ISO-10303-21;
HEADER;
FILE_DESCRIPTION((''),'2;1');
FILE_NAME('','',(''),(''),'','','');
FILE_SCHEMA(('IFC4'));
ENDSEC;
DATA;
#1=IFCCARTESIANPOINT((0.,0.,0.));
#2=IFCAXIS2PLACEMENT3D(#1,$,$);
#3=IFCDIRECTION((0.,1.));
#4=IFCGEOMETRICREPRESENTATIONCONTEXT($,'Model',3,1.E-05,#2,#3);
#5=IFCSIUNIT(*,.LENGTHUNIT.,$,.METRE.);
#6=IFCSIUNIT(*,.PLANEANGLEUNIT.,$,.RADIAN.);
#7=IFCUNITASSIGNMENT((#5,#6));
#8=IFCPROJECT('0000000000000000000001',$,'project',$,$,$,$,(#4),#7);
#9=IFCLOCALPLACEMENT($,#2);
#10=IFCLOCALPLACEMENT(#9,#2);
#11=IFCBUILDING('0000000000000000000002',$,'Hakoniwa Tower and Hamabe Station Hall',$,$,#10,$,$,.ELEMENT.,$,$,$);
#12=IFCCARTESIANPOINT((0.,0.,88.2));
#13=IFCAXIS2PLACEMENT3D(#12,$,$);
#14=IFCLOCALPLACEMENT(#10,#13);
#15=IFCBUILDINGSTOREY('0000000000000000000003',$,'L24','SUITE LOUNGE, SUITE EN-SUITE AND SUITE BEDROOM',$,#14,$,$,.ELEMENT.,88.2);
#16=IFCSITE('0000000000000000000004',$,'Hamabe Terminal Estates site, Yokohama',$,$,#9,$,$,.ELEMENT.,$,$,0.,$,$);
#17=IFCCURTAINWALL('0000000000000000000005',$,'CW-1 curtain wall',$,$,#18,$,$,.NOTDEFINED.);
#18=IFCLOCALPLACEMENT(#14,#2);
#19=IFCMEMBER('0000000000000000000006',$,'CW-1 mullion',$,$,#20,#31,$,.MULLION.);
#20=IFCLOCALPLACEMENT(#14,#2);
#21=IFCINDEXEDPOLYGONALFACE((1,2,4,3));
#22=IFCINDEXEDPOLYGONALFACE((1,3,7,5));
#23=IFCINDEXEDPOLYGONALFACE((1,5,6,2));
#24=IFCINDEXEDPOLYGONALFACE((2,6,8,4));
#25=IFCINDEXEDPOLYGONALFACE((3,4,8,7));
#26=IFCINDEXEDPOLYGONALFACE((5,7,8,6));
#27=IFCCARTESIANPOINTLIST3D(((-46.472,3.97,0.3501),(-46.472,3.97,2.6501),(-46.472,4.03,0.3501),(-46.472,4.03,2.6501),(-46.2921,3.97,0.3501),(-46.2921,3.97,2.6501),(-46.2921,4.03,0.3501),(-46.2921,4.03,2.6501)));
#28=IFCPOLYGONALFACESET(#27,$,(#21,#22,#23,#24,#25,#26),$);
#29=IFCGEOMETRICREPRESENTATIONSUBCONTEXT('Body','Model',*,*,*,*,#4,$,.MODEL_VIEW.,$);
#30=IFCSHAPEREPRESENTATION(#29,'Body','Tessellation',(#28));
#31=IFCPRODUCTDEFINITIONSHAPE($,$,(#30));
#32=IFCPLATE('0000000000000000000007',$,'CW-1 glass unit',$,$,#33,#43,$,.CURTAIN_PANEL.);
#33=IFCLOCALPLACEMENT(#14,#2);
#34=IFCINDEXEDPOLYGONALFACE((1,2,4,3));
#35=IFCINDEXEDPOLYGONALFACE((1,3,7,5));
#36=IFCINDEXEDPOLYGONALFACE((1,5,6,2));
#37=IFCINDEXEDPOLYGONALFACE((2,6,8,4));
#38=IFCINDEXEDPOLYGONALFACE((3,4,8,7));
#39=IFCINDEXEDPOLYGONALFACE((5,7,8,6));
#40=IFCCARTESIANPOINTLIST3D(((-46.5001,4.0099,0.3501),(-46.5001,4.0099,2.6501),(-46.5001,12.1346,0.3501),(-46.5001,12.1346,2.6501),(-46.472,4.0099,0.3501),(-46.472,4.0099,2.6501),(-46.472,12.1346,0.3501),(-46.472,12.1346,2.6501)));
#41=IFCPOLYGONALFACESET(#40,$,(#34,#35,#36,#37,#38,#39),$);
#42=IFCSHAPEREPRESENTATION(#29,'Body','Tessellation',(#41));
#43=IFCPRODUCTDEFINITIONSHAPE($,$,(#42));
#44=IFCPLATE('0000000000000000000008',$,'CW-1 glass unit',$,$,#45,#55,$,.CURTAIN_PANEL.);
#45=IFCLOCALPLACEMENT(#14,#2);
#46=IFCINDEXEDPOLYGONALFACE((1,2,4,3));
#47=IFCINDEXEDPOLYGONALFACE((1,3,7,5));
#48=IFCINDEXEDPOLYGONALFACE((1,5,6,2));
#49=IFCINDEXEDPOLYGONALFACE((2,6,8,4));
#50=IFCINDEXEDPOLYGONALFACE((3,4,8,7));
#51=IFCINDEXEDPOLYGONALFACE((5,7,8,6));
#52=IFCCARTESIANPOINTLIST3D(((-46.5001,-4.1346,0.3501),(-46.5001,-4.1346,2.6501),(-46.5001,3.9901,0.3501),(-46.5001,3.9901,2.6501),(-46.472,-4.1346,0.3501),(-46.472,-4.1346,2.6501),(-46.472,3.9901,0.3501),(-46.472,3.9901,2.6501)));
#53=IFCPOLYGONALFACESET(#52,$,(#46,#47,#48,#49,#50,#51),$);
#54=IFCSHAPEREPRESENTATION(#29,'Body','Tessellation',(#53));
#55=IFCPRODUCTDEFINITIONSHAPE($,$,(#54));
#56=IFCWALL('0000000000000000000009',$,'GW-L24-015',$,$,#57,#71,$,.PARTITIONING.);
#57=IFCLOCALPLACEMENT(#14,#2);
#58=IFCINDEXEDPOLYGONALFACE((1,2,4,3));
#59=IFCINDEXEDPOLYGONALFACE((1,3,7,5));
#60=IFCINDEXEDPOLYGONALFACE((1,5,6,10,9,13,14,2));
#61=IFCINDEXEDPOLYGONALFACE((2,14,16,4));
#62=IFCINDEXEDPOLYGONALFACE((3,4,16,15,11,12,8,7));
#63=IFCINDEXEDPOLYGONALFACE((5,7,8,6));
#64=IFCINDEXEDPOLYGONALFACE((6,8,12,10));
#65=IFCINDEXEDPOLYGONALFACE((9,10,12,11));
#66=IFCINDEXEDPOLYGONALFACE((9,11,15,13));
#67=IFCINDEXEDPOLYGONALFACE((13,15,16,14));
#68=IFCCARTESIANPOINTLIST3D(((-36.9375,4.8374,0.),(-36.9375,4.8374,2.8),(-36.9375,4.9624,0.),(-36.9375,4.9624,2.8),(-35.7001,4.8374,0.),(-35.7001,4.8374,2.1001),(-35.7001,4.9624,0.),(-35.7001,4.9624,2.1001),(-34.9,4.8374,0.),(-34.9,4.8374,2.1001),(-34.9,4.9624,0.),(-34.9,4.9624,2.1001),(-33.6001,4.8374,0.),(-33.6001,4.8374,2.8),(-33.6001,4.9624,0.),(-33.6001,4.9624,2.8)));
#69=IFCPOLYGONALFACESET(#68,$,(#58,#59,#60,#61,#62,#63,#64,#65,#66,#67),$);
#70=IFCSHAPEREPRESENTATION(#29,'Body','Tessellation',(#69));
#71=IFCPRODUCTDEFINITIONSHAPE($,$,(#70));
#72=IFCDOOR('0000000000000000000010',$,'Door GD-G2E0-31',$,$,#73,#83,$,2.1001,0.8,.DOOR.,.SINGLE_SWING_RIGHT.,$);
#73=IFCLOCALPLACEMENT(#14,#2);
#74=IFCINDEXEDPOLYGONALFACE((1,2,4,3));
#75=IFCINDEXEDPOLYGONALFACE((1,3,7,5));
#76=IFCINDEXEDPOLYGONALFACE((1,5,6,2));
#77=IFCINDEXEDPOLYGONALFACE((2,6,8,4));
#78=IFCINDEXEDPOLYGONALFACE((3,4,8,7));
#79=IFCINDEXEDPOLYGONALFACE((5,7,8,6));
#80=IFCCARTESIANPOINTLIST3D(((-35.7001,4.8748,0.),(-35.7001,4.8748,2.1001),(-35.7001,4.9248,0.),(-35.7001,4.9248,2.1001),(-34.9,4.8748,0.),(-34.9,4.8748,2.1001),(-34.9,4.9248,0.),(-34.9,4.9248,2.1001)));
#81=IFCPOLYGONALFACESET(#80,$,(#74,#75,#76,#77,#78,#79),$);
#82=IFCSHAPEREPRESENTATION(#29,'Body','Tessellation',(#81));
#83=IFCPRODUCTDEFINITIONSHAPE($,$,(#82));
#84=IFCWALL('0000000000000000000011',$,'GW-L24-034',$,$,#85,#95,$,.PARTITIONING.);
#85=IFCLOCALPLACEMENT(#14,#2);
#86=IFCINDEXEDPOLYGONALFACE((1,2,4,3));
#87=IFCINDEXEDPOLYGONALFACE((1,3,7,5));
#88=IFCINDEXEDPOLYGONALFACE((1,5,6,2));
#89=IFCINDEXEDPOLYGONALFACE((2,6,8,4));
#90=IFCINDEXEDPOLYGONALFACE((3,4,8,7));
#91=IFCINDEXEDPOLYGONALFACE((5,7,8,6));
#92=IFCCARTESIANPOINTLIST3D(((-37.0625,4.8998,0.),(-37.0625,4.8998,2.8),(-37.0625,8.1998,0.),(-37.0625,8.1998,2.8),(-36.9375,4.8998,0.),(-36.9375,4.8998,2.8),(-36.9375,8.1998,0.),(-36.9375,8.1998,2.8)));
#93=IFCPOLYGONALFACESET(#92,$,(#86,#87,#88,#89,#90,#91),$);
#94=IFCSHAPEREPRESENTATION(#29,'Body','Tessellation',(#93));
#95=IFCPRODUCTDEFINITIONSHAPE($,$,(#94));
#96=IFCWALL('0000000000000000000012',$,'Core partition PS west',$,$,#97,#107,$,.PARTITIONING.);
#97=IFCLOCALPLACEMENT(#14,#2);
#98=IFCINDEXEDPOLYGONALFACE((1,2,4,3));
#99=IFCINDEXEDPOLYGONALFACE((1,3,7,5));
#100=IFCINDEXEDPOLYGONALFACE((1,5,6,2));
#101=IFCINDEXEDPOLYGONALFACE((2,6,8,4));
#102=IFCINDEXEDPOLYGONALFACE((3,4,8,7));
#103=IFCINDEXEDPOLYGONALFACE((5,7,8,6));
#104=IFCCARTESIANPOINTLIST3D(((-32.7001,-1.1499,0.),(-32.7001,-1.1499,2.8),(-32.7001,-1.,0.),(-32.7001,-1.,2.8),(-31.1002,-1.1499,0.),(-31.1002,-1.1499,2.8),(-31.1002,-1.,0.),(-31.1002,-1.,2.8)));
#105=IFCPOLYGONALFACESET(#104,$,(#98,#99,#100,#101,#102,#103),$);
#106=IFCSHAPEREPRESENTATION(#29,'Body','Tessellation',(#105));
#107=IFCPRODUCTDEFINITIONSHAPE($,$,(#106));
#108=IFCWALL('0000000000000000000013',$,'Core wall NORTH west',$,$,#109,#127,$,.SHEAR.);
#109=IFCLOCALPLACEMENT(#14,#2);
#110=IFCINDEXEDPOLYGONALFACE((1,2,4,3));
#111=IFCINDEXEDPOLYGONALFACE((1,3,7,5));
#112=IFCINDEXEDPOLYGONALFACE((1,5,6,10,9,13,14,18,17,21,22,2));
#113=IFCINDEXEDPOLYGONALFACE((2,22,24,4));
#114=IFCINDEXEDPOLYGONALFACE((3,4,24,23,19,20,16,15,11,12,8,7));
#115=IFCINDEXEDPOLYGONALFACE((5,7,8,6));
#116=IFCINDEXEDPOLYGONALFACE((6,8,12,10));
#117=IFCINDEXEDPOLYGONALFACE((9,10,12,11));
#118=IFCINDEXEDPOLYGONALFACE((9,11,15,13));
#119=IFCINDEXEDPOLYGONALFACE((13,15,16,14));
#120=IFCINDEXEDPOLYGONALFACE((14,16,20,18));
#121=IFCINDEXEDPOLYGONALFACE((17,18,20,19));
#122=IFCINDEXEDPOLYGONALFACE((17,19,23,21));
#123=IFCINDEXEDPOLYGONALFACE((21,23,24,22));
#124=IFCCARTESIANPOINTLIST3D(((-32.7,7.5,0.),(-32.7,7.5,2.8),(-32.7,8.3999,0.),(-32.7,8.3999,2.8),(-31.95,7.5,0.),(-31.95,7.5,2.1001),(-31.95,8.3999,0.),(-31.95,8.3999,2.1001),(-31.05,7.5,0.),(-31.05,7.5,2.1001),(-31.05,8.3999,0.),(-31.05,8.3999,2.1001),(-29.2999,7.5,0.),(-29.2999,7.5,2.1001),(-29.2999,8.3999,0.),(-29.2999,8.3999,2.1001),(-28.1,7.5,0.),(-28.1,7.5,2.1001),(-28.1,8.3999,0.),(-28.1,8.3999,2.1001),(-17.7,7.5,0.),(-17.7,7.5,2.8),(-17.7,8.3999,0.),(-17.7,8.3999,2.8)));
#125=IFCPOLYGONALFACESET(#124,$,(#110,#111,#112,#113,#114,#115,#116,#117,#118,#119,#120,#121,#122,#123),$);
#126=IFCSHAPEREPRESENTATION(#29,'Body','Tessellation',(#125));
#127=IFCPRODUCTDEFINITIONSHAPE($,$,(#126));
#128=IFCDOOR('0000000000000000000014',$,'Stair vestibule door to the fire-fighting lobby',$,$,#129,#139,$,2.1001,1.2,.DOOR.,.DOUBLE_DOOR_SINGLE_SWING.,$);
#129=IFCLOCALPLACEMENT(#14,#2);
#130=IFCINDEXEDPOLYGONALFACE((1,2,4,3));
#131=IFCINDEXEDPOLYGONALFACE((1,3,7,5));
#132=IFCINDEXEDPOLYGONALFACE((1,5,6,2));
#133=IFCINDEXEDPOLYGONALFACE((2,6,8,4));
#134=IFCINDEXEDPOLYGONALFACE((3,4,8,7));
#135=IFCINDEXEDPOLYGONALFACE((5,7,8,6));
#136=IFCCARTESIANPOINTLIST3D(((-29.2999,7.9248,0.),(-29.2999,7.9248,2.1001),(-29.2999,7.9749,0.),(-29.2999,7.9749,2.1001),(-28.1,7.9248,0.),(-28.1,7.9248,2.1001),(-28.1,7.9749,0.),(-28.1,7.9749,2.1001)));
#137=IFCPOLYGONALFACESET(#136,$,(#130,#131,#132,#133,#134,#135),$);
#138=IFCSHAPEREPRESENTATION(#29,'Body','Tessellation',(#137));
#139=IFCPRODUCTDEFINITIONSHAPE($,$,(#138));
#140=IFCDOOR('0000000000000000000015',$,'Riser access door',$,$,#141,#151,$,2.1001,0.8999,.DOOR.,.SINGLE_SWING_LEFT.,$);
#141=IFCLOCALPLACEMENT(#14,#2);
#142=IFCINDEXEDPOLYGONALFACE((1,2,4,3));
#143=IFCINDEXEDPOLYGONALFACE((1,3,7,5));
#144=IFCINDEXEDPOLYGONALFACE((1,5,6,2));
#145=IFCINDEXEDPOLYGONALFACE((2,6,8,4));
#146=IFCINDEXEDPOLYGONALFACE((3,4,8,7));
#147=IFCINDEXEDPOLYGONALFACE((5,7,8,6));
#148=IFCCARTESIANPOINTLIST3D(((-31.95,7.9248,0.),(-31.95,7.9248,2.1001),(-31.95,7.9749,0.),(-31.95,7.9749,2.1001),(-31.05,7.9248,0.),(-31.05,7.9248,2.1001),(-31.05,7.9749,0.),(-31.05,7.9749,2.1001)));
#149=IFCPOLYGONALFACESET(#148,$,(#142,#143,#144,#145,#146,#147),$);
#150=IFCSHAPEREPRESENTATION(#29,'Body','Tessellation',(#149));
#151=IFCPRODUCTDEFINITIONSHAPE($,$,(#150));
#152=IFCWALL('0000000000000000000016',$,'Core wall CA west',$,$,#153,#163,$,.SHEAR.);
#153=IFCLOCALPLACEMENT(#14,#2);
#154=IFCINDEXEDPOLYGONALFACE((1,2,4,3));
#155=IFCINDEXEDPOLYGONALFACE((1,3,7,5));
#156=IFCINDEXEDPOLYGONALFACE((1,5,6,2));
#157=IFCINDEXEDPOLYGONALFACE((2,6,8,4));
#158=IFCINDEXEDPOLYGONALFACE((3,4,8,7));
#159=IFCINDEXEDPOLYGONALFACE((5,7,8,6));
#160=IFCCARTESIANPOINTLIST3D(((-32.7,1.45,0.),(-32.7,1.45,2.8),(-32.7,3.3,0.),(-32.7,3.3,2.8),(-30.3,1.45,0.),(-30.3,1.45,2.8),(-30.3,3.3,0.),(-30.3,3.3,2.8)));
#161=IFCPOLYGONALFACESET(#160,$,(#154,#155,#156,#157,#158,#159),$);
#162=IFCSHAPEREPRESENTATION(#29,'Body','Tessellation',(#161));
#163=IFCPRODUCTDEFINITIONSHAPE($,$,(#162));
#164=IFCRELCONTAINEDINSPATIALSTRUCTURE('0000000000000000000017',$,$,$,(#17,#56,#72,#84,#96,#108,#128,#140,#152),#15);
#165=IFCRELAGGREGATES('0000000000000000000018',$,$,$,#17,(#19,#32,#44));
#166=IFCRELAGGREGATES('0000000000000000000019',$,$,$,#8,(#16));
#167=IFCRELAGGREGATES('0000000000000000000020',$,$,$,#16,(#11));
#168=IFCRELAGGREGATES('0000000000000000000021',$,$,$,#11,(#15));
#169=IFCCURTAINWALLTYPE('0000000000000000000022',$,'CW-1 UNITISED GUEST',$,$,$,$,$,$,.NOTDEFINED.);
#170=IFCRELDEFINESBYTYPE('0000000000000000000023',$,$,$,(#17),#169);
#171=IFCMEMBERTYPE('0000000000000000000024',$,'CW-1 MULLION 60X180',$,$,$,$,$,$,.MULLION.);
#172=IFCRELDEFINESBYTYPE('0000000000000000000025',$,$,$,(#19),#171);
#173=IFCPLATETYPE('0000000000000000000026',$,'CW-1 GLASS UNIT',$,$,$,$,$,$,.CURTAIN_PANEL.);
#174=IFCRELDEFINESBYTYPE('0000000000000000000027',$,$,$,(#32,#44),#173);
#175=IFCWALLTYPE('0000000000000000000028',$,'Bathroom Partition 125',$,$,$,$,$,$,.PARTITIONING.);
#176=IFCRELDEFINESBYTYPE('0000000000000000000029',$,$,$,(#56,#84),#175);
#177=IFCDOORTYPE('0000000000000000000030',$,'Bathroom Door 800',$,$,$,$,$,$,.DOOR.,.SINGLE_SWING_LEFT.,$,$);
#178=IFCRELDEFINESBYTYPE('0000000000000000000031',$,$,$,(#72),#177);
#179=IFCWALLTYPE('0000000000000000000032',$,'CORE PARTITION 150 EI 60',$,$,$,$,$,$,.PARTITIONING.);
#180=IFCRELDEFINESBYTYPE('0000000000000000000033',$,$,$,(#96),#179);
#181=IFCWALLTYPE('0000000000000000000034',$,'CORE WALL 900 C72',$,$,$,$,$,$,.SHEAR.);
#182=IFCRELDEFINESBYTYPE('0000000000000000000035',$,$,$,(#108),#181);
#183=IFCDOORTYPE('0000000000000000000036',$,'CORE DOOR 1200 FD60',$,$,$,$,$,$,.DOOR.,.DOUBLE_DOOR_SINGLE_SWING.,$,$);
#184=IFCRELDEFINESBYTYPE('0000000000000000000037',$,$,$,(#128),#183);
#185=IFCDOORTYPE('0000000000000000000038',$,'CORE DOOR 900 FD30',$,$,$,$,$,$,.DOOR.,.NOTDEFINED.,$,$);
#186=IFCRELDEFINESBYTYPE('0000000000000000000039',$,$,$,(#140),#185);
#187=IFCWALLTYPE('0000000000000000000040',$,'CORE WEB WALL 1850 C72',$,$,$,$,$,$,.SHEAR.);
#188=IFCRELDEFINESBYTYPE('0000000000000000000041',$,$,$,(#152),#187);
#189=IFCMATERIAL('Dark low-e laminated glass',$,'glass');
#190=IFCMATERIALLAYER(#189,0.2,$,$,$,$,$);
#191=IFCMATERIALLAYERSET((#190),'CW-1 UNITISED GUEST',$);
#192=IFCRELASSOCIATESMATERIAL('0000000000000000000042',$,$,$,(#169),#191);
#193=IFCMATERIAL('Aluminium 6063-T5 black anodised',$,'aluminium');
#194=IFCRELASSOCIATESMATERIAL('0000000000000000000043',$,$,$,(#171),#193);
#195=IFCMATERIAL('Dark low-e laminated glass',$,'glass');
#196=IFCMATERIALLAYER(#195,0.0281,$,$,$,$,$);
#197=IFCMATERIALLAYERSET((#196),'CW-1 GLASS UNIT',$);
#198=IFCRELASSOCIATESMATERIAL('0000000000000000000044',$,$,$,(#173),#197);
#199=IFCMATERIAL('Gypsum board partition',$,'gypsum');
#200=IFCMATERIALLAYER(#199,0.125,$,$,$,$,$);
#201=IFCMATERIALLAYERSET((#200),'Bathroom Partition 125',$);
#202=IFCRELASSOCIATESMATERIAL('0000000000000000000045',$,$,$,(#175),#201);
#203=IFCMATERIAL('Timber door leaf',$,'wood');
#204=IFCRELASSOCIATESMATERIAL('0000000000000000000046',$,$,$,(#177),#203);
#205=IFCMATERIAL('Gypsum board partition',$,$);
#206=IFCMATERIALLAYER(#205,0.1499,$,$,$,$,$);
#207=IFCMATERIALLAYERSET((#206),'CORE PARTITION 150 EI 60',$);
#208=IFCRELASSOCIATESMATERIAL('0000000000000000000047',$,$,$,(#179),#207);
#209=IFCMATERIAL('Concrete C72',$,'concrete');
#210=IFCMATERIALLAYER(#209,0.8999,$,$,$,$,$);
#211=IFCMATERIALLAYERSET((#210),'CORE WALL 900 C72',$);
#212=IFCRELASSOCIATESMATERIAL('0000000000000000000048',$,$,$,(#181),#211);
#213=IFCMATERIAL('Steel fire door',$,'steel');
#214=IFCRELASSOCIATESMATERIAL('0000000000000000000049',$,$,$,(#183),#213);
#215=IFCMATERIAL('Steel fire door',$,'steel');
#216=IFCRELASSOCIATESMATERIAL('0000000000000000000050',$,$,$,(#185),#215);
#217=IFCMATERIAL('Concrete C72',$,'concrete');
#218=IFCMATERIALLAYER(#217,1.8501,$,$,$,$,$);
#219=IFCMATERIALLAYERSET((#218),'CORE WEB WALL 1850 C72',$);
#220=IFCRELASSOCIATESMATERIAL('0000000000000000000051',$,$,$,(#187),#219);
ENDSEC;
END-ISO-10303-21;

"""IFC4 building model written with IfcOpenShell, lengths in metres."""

from ifc_helpers import new_model, si_unit, direction, frame, frame_2d, origin, origin_2d, place, context, subcontext, project, spatial, rectangle, extrude, material, layer, layer_set, material_profile, profile_set, type_object, element, fill, aggregate, save


model = new_model("IFC4")

# Units and contexts
model_context = context("Model", 3, precision=1e-05, world=origin(), true_north=direction((0.0, 1.0)))
body_context = subcontext(model_context, "Body", "Model", "MODEL_VIEW")
ifc_project = project(units=[si_unit("LENGTHUNIT", "METRE"), si_unit("PLANEANGLEUNIT", "RADIAN")], contexts=[model_context])

# Site, building, storey
site_placement = place(None, origin())
site = spatial("IfcSite", under=ifc_project, at=site_placement, Name="Hamabe Terminal Estates site, Yokohama", CompositionType="ELEMENT", RefElevation=0.0)
building_placement = place(site_placement, origin())
building = spatial("IfcBuilding", under=site, at=building_placement, Name="Hakoniwa Tower and Hamabe Station Hall", CompositionType="ELEMENT")
storey_placement = place(building_placement, frame((0.0, 0.0, 88.2)))
storey = spatial("IfcBuildingStorey", under=building, at=storey_placement, Name="L24", Description="SUITE LOUNGE, SUITE EN-SUITE AND SUITE BEDROOM", CompositionType="ELEMENT", Elevation=88.2)

# Curtain wall, member, plates
ifc_material_1 = material(Name="Dark low-e laminated glass", Category="glass")
ifc_layer_1 = layer(ifc_material_1, 0.2)
ifc_layer_set_1 = layer_set([ifc_layer_1], Name="CW-1 UNITISED GUEST")
curtain_wall_type = type_object("IfcCurtainWallType", Name="CW-1 UNITISED GUEST", PredefinedType="NOTDEFINED", material=ifc_layer_set_1)
curtain_wall_placement = place(storey_placement, origin())
curtain_wall = element("IfcCurtainWall", 1, at=curtain_wall_placement, inside=storey, type_object=curtain_wall_type, Name="CW-1 curtain wall", PredefinedType="NOTDEFINED")
ifc_material_2 = material(Name="Aluminium 6063-T5 black anodised", Category="aluminium")
ifc_material_profile = material_profile(ifc_material_2, rectangle(XDim=0.0601, YDim=0.1799, at=origin_2d()), Name="CW-1 MULLION 60X180")
ifc_profile_set = profile_set([ifc_material_profile], Name="Aluminium 6063-T5 black anodised")
member_type = type_object("IfcMemberType", Name="CW-1 MULLION 60X180", PredefinedType="MULLION", material=ifc_profile_set)
member_placement = place(storey_placement, frame((-46.3821, 4.0, 0.3501), z_axis=(0.0, 0.0, 1.0), x_axis=(0.0, -1.0, 0.0)))
member = element("IfcMember", 2, at=member_placement, type_object=member_type, Name="CW-1 mullion", PredefinedType="MULLION", context=body_context, shape_type="SweptSolid", body=[
    extrude(rectangle(XDim=0.0601, YDim=0.1799, at=origin_2d()), origin(), (0.0, 0.0, 1.0), 2.3),
])
ifc_material_3 = material(Name="Dark low-e laminated glass", Category="glass")
ifc_layer_2 = layer(ifc_material_3, 0.0281)
ifc_layer_set_2 = layer_set([ifc_layer_2], Name="CW-1 GLASS UNIT")
plate_type = type_object("IfcPlateType", Name="CW-1 GLASS UNIT", PredefinedType="CURTAIN_PANEL", material=ifc_layer_set_2)
plate_1_placement = place(storey_placement, frame((-46.4861, 8.0723, 0.3501), z_axis=(0.0, 0.0, 1.0), x_axis=(0.0, -1.0, 0.0)))
plate_1 = element("IfcPlate", 3, at=plate_1_placement, type_object=plate_type, Name="CW-1 glass unit", PredefinedType="CURTAIN_PANEL", context=body_context, shape_type="SweptSolid", body=[
    extrude(rectangle(XDim=8.1248, YDim=0.0281, at=origin_2d()), origin(), (0.0, 0.0, 1.0), 2.3),
])
plate_2_placement = place(storey_placement, frame((-46.4861, -0.0723, 0.3501), z_axis=(0.0, 0.0, 1.0), x_axis=(0.0, -1.0, 0.0)))
plate_2 = element("IfcPlate", 4, at=plate_2_placement, type_object=plate_type, Name="CW-1 glass unit", PredefinedType="CURTAIN_PANEL", context=body_context, shape_type="SweptSolid", body=[
    extrude(rectangle(XDim=8.1248, YDim=0.0281, at=origin_2d()), origin(), (0.0, 0.0, 1.0), 2.3),
])
aggregate(curtain_wall, [member, plate_1, plate_2])

# Wall, opening, door
ifc_material_4 = material(Name="Gypsum board partition", Category="gypsum")
ifc_layer_3 = layer(ifc_material_4, 0.125)
ifc_layer_set_3 = layer_set([ifc_layer_3], Name="Bathroom Partition 125")
wall_type_1 = type_object("IfcWallType", Name="Bathroom Partition 125", PredefinedType="PARTITIONING", material=ifc_layer_set_3)
wall_1_placement = place(storey_placement, frame((-36.9375, 4.8999, 0.0), z_axis=(0.0, 0.0, 1.0), x_axis=(1.0, 0.0, 0.0)))
wall_1 = element("IfcWall", 5, at=wall_1_placement, inside=storey, type_object=wall_type_1, Name="GW-L24-015", PredefinedType="PARTITIONING", context=body_context, shape_type="SweptSolid", body=[
    extrude(rectangle(XDim=3.3374, YDim=0.125, at=frame_2d((1.6687, 0.0))), origin(), (0.0, 0.0, 1.0), 2.8),
])
opening_1_placement = place(wall_1_placement, frame((1.2375, 0.0, 0.0)))
opening_1 = element("IfcOpeningElement", 6, at=opening_1_placement, cuts=wall_1, PredefinedType="OPENING", context=body_context, shape_type="SweptSolid", body=[
    extrude(rectangle(XDim=0.8, YDim=2.1001, at=frame_2d((0.3999, 1.05))), frame((0.0, 0.0725, 0.0), z_axis=(0.0, -1.0, 0.0), x_axis=(1.0, 0.0, 0.0)), (0.0, 0.0, 1.0), 0.145),
])
ifc_material_5 = material(Name="Timber door leaf", Category="wood")
door_type_1 = type_object("IfcDoorType", Name="Bathroom Door 800", OperationType="SINGLE_SWING_LEFT", PredefinedType="DOOR", material=ifc_material_5)
door_1_placement = place(opening_1_placement, origin())
door_1 = element("IfcDoor", 7, at=door_1_placement, inside=storey, type_object=door_type_1, Name="Door GD-G2E0-31", OperationType="SINGLE_SWING_RIGHT", OverallHeight=2.1001, OverallWidth=0.8, PredefinedType="DOOR", context=body_context, shape_type="SweptSolid", body=[
    extrude(rectangle(XDim=0.8, YDim=2.1001, at=frame_2d((0.3999, 1.05))), frame((0.0, 0.0249, 0.0), z_axis=(0.0, -1.0, 0.0), x_axis=(1.0, 0.0, 0.0)), (0.0, 0.0, 1.0), 0.05),
])
fill(opening_1, door_1)

# Walls
wall_2_placement = place(storey_placement, frame((-37.0, 4.8999, 0.0), z_axis=(0.0, 0.0, 1.0), x_axis=(0.0, 1.0, 0.0)))
element("IfcWall", 8, at=wall_2_placement, inside=storey, type_object=wall_type_1, Name="GW-L24-034", PredefinedType="PARTITIONING", context=body_context, shape_type="SweptSolid", body=[
    extrude(rectangle(XDim=3.3, YDim=0.125, at=frame_2d((1.6499, 0.0))), origin(), (0.0, 0.0, 1.0), 2.8),
])
ifc_material_6 = material(Name="Gypsum board partition")
ifc_layer_4 = layer(ifc_material_6, 0.1499)
ifc_layer_set_4 = layer_set([ifc_layer_4], Name="CORE PARTITION 150 EI 60")
wall_type_2 = type_object("IfcWallType", Name="CORE PARTITION 150 EI 60", PredefinedType="PARTITIONING", material=ifc_layer_set_4)
wall_3_placement = place(storey_placement, frame((-32.7, -1.075, 0.0), z_axis=(0.0, 0.0, 1.0), x_axis=(1.0, 0.0, 0.0)))
element("IfcWall", 9, at=wall_3_placement, inside=storey, type_object=wall_type_2, Name="Core partition PS west", PredefinedType="PARTITIONING", context=body_context, shape_type="SweptSolid", body=[
    extrude(rectangle(XDim=1.5999, YDim=0.1499, at=frame_2d((0.7998, 0.0))), origin(), (0.0, 0.0, 1.0), 2.8),
])

# Wall, openings, doors
ifc_material_7 = material(Name="Concrete C72", Category="concrete")
ifc_layer_5 = layer(ifc_material_7, 0.8999)
ifc_layer_set_5 = layer_set([ifc_layer_5], Name="CORE WALL 900 C72")
wall_type_3 = type_object("IfcWallType", Name="CORE WALL 900 C72", PredefinedType="SHEAR", material=ifc_layer_set_5)
wall_4_placement = place(storey_placement, frame((-32.7, 7.95, 0.0), z_axis=(0.0, 0.0, 1.0), x_axis=(1.0, 0.0, 0.0)))
wall_4 = element("IfcWall", 10, at=wall_4_placement, inside=storey, type_object=wall_type_3, Name="Core wall NORTH west", PredefinedType="SHEAR", context=body_context, shape_type="SweptSolid", body=[
    extrude(rectangle(XDim=15.0, YDim=0.8999, at=frame_2d((7.5, 0.0))), origin(), (0.0, 0.0, 1.0), 2.8),
])
opening_2_placement = place(wall_4_placement, frame((3.3999, 0.0, 0.0)))
opening_2 = element("IfcOpeningElement", 11, at=opening_2_placement, cuts=wall_4, PredefinedType="OPENING", context=body_context, shape_type="SweptSolid", body=[
    extrude(rectangle(XDim=1.2, YDim=2.1001, at=frame_2d((0.6001, 1.05))), frame((0.0, 0.46, 0.0), z_axis=(0.0, -1.0, 0.0), x_axis=(1.0, 0.0, 0.0)), (0.0, 0.0, 1.0), 0.9199),
])
opening_3_placement = place(wall_4_placement, frame((0.75, 0.0, 0.0)))
opening_3 = element("IfcOpeningElement", 12, at=opening_3_placement, cuts=wall_4, PredefinedType="OPENING", context=body_context, shape_type="SweptSolid", body=[
    extrude(rectangle(XDim=0.8999, YDim=2.1001, at=frame_2d((0.45, 1.05))), frame((0.0, 0.46, 0.0), z_axis=(0.0, -1.0, 0.0), x_axis=(1.0, 0.0, 0.0)), (0.0, 0.0, 1.0), 0.9199),
])
ifc_material_8 = material(Name="Steel fire door", Category="steel")
door_type_2 = type_object("IfcDoorType", Name="CORE DOOR 1200 FD60", OperationType="DOUBLE_DOOR_SINGLE_SWING", PredefinedType="DOOR", material=ifc_material_8)
door_2_placement = place(opening_2_placement, origin())
door_2 = element("IfcDoor", 13, at=door_2_placement, inside=storey, type_object=door_type_2, Name="Stair vestibule door to the fire-fighting lobby", OperationType="DOUBLE_DOOR_SINGLE_SWING", OverallHeight=2.1001, OverallWidth=1.2, PredefinedType="DOOR", context=body_context, shape_type="SweptSolid", body=[
    extrude(rectangle(XDim=1.2, YDim=2.1001, at=frame_2d((0.6001, 1.05))), frame((0.0, 0.0249, 0.0), z_axis=(0.0, -1.0, 0.0), x_axis=(1.0, 0.0, 0.0)), (0.0, 0.0, 1.0), 0.05),
])
fill(opening_2, door_2)
ifc_material_9 = material(Name="Steel fire door", Category="steel")
door_type_3 = type_object("IfcDoorType", Name="CORE DOOR 900 FD30", OperationType="NOTDEFINED", PredefinedType="DOOR", material=ifc_material_9)
door_3_placement = place(opening_3_placement, origin())
door_3 = element("IfcDoor", 14, at=door_3_placement, inside=storey, type_object=door_type_3, Name="Riser access door", OperationType="SINGLE_SWING_LEFT", OverallHeight=2.1001, OverallWidth=0.8999, PredefinedType="DOOR", context=body_context, shape_type="SweptSolid", body=[
    extrude(rectangle(XDim=0.8999, YDim=2.1001, at=frame_2d((0.45, 1.05))), frame((0.0, 0.0249, 0.0), z_axis=(0.0, -1.0, 0.0), x_axis=(1.0, 0.0, 0.0)), (0.0, 0.0, 1.0), 0.05),
])
fill(opening_3, door_3)

# Wall
ifc_material_10 = material(Name="Concrete C72", Category="concrete")
ifc_layer_6 = layer(ifc_material_10, 1.8501)
ifc_layer_set_6 = layer_set([ifc_layer_6], Name="CORE WEB WALL 1850 C72")
wall_type_4 = type_object("IfcWallType", Name="CORE WEB WALL 1850 C72", PredefinedType="SHEAR", material=ifc_layer_set_6)
wall_5_placement = place(storey_placement, frame((-32.7, 2.375, 0.0), z_axis=(0.0, 0.0, 1.0), x_axis=(1.0, 0.0, 0.0)))
element("IfcWall", 15, at=wall_5_placement, inside=storey, type_object=wall_type_4, Name="Core wall CA west", PredefinedType="SHEAR", context=body_context, shape_type="SweptSolid", body=[
    extrude(rectangle(XDim=2.3999, YDim=1.8501, at=frame_2d((1.2, 0.0))), origin(), (0.0, 0.0, 1.0), 2.8),
])

save(model, "model.ifc")
